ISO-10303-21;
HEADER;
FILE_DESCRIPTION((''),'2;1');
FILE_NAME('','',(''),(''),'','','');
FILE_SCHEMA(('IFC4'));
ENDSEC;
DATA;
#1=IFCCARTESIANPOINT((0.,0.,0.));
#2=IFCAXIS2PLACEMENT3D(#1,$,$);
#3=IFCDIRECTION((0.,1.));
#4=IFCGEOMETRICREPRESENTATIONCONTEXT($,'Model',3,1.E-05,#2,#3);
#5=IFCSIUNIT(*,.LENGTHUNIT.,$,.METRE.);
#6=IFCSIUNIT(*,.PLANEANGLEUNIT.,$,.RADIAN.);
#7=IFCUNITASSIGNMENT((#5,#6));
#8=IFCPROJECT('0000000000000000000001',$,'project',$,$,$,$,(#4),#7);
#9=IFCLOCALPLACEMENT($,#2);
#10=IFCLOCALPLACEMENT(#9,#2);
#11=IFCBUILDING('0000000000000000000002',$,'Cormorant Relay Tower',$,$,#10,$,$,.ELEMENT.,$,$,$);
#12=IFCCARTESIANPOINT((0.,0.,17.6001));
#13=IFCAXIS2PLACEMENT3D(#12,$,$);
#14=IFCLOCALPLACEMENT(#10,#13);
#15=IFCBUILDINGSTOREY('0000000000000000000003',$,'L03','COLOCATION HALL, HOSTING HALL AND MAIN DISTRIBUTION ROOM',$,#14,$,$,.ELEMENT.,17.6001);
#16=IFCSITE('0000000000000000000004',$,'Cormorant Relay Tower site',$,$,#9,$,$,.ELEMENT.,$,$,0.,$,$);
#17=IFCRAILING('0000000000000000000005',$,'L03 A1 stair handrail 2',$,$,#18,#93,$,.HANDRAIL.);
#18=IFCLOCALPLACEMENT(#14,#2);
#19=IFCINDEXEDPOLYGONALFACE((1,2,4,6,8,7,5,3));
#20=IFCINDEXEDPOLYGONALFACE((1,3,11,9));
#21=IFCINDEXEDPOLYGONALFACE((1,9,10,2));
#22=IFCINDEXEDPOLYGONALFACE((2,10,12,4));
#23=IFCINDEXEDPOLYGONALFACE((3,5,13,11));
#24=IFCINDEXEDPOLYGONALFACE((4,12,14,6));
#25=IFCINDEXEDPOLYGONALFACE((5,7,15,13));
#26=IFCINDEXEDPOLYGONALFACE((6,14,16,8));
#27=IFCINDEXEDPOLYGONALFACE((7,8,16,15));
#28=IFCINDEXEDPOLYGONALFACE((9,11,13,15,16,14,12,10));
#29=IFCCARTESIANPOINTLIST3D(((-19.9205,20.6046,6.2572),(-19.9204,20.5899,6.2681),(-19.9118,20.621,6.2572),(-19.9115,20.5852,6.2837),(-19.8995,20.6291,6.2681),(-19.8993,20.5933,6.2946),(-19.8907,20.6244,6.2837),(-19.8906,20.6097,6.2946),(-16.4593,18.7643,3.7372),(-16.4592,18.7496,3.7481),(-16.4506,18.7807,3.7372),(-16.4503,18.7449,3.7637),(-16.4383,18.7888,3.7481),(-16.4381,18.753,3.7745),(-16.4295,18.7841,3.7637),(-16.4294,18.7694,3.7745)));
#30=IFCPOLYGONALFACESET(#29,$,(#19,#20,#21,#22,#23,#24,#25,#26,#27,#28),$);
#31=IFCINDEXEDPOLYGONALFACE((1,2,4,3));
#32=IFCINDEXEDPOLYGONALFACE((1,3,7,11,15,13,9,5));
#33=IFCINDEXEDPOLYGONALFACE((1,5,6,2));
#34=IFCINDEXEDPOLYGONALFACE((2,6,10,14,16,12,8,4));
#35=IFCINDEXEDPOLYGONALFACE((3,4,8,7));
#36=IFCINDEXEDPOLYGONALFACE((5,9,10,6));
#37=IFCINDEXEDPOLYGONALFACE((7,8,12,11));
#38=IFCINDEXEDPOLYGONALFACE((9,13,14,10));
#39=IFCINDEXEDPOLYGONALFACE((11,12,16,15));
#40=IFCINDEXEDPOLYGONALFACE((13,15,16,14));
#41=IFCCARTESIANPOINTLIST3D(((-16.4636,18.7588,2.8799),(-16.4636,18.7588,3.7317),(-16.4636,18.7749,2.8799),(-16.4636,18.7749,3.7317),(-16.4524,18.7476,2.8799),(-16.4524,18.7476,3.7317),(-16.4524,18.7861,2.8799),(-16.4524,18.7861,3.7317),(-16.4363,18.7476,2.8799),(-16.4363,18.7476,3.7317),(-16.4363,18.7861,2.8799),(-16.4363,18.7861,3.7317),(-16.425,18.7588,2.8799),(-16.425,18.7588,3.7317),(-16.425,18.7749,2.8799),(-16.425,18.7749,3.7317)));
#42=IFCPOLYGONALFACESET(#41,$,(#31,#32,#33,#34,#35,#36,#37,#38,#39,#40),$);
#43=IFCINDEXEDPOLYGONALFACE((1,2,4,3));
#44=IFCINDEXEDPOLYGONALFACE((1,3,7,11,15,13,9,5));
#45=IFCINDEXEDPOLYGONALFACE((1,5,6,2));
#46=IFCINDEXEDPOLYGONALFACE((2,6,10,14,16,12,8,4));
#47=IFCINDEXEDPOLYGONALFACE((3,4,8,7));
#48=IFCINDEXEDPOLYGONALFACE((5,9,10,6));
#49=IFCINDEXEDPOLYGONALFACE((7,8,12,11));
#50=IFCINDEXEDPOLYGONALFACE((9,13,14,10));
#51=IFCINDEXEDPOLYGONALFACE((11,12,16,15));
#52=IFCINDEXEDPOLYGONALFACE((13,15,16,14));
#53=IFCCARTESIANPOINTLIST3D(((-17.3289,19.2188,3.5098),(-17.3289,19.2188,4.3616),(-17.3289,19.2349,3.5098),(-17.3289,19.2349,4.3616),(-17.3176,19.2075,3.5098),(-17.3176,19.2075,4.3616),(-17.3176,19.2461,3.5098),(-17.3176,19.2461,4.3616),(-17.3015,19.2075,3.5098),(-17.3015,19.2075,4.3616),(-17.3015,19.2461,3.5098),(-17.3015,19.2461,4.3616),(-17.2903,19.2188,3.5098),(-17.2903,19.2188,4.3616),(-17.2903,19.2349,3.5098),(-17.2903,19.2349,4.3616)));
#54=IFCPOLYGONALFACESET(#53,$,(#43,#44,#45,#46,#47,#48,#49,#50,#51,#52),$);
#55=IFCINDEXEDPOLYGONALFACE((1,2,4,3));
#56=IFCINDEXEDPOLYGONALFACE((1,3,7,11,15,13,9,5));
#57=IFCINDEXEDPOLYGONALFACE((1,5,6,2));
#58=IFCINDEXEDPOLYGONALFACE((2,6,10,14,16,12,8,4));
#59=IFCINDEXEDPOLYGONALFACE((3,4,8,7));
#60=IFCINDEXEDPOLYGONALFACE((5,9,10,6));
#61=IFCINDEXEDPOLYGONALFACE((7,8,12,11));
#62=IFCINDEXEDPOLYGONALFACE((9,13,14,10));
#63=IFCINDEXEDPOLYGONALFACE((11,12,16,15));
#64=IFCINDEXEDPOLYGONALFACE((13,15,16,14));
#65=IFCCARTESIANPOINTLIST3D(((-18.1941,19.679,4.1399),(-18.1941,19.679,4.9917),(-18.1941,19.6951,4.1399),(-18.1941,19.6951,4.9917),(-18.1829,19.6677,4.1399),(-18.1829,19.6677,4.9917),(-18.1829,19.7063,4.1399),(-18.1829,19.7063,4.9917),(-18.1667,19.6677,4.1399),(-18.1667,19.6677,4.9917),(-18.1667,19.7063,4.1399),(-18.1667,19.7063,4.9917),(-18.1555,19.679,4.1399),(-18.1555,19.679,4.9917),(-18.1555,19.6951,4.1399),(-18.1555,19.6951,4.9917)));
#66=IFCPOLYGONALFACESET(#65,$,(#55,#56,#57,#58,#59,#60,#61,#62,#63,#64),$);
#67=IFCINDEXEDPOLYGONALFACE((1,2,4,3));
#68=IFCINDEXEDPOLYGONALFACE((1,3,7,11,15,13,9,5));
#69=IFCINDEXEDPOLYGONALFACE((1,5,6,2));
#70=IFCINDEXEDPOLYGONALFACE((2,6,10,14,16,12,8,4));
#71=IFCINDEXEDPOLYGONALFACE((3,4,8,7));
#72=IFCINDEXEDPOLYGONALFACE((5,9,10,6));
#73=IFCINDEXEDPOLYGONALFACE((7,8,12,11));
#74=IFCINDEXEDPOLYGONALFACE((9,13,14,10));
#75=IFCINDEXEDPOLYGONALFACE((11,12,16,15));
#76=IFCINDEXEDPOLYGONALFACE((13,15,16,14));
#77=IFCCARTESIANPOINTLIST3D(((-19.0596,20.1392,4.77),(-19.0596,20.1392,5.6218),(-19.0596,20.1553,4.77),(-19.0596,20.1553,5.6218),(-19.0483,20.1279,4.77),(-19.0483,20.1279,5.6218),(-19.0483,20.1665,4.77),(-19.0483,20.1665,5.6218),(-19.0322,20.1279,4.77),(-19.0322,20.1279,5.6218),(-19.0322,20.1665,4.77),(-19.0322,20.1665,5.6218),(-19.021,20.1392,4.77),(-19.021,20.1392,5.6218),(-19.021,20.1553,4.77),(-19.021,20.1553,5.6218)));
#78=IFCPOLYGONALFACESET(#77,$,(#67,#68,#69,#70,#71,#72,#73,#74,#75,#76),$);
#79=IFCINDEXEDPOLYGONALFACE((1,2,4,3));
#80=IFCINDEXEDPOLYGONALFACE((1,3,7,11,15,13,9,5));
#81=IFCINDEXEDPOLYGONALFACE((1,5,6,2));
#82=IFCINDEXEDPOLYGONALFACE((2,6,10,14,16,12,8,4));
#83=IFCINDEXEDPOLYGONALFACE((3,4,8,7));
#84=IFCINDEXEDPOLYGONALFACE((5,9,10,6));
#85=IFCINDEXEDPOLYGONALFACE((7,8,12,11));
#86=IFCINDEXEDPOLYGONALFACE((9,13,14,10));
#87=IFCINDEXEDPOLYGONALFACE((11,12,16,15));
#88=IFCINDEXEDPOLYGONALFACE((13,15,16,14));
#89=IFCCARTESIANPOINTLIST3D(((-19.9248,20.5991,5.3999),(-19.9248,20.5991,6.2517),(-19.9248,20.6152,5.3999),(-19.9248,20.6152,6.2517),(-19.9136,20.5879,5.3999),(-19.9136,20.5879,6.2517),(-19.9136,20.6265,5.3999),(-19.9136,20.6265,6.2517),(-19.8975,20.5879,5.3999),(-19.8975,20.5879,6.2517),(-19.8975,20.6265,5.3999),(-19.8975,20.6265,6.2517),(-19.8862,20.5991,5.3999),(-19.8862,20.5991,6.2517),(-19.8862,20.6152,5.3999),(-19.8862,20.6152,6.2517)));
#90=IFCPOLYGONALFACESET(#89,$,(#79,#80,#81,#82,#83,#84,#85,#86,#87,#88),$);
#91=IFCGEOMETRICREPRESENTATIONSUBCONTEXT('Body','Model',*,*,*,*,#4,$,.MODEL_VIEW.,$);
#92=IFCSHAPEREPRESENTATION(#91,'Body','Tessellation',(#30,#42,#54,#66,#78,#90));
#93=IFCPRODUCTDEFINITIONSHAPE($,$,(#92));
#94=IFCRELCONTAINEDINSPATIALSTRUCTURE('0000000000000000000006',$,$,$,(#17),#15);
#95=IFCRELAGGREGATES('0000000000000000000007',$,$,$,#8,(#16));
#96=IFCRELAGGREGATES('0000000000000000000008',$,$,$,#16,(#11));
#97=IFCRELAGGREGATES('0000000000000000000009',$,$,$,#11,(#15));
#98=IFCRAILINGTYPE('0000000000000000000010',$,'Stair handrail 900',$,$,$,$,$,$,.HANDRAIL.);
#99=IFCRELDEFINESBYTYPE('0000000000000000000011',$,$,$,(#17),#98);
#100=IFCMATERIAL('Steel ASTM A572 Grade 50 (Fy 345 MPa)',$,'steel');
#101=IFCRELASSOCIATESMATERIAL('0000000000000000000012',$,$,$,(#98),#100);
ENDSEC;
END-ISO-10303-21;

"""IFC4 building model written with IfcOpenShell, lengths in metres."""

from ifc_helpers import new_model, si_unit, direction, frame, origin, place, context, subcontext, project, spatial, polyline, outline, extrude, material, type_object, element, save


model = new_model("IFC4")

# Units and contexts
model_context = context("Model", 3, precision=1e-05, world=origin(), true_north=direction((0.0, 1.0)))
body_context = subcontext(model_context, "Body", "Model", "MODEL_VIEW")
ifc_project = project(units=[si_unit("LENGTHUNIT", "METRE"), si_unit("PLANEANGLEUNIT", "RADIAN")], contexts=[model_context])

# Site, building, storey
site_placement = place(None, origin())
site = spatial("IfcSite", under=ifc_project, at=site_placement, Name="Cormorant Relay Tower site", CompositionType="ELEMENT", RefElevation=0.0)
building_placement = place(site_placement, origin())
building = spatial("IfcBuilding", under=site, at=building_placement, Name="Cormorant Relay Tower", CompositionType="ELEMENT")
storey_placement = place(building_placement, frame((0.0, 0.0, 17.6001)))
storey = spatial("IfcBuildingStorey", under=building, at=storey_placement, Name="L03", Description="COLOCATION HALL, HOSTING HALL AND MAIN DISTRIBUTION ROOM", CompositionType="ELEMENT", Elevation=17.6001)

# Railing
ifc_material_1 = material(Name="Steel ASTM A572 Grade 50 (Fy 345 MPa)", Category="steel")
railing_type_1 = type_object("IfcRailingType", Name="Stair handrail 900", PredefinedType="HANDRAIL", material=ifc_material_1)
railing_1_placement = place(storey_placement, frame((-16.4443, 18.7668, 2.8799)))
element("IfcRailing", 1, at=railing_1_placement, inside=storey, type_object=railing_type_1, Name="L03 A1 stair handrail 2", PredefinedType="HANDRAIL", context=body_context, shape_type="SweptSolid", body=[
    extrude(outline(polyline([(0.0222, 0.0093), (0.0093, 0.0222), (-0.0093, 0.0222), (-0.0222, 0.0093), (-0.0222, -0.0093), (-0.0093, -0.0222), (0.0093, -0.0222), (0.0222, -0.0093), (0.0222, 0.0093)])), frame((0.0, 0.0, 0.876), z_axis=(-0.742717, 0.394907, 0.540758), x_axis=(-0.469469, -0.882949, 0.0)), (0.0, 0.0, 1.0), 4.6602),
    extrude(outline(polyline([(0.0193, 0.0081), (0.0081, 0.0193), (-0.0081, 0.0193), (-0.0193, 0.0081), (-0.0193, -0.0081), (-0.0081, -0.0193), (0.0081, -0.0193), (0.0193, -0.0081), (0.0193, 0.0081)])), origin(), (0.0, 0.0, 1.0), 0.8518),
    extrude(outline(polyline([(0.0193, 0.0081), (0.0081, 0.0193), (-0.0081, 0.0193), (-0.0193, 0.0081), (-0.0193, -0.0081), (-0.0081, -0.0193), (0.0081, -0.0193), (0.0193, -0.0081), (0.0193, 0.0081)])), frame((-0.8652, 0.46, 0.6299)), (0.0, 0.0, 1.0), 0.8518),
    extrude(outline(polyline([(0.0193, 0.0081), (0.0081, 0.0193), (-0.0081, 0.0193), (-0.0193, 0.0081), (-0.0193, -0.0081), (-0.0081, -0.0193), (0.0081, -0.0193), (0.0193, -0.0081), (0.0193, 0.0081)])), frame((-1.7305, 0.9202, 1.26)), (0.0, 0.0, 1.0), 0.8518),
    extrude(outline(polyline([(0.0193, 0.0081), (0.0081, 0.0193), (-0.0081, 0.0193), (-0.0193, 0.0081), (-0.0193, -0.0081), (-0.0081, -0.0193), (0.0081, -0.0193), (0.0193, -0.0081), (0.0193, 0.0081)])), frame((-2.5959, 1.3804, 1.8901)), (0.0, 0.0, 1.0), 0.8518),
    extrude(outline(polyline([(0.0193, 0.0081), (0.0081, 0.0193), (-0.0081, 0.0193), (-0.0193, 0.0081), (-0.0193, -0.0081), (-0.0081, -0.0193), (0.0081, -0.0193), (0.0193, -0.0081), (0.0193, 0.0081)])), frame((-3.4612, 1.8403, 2.52)), (0.0, 0.0, 1.0), 0.8518),
])

save(model, "model.ifc")
